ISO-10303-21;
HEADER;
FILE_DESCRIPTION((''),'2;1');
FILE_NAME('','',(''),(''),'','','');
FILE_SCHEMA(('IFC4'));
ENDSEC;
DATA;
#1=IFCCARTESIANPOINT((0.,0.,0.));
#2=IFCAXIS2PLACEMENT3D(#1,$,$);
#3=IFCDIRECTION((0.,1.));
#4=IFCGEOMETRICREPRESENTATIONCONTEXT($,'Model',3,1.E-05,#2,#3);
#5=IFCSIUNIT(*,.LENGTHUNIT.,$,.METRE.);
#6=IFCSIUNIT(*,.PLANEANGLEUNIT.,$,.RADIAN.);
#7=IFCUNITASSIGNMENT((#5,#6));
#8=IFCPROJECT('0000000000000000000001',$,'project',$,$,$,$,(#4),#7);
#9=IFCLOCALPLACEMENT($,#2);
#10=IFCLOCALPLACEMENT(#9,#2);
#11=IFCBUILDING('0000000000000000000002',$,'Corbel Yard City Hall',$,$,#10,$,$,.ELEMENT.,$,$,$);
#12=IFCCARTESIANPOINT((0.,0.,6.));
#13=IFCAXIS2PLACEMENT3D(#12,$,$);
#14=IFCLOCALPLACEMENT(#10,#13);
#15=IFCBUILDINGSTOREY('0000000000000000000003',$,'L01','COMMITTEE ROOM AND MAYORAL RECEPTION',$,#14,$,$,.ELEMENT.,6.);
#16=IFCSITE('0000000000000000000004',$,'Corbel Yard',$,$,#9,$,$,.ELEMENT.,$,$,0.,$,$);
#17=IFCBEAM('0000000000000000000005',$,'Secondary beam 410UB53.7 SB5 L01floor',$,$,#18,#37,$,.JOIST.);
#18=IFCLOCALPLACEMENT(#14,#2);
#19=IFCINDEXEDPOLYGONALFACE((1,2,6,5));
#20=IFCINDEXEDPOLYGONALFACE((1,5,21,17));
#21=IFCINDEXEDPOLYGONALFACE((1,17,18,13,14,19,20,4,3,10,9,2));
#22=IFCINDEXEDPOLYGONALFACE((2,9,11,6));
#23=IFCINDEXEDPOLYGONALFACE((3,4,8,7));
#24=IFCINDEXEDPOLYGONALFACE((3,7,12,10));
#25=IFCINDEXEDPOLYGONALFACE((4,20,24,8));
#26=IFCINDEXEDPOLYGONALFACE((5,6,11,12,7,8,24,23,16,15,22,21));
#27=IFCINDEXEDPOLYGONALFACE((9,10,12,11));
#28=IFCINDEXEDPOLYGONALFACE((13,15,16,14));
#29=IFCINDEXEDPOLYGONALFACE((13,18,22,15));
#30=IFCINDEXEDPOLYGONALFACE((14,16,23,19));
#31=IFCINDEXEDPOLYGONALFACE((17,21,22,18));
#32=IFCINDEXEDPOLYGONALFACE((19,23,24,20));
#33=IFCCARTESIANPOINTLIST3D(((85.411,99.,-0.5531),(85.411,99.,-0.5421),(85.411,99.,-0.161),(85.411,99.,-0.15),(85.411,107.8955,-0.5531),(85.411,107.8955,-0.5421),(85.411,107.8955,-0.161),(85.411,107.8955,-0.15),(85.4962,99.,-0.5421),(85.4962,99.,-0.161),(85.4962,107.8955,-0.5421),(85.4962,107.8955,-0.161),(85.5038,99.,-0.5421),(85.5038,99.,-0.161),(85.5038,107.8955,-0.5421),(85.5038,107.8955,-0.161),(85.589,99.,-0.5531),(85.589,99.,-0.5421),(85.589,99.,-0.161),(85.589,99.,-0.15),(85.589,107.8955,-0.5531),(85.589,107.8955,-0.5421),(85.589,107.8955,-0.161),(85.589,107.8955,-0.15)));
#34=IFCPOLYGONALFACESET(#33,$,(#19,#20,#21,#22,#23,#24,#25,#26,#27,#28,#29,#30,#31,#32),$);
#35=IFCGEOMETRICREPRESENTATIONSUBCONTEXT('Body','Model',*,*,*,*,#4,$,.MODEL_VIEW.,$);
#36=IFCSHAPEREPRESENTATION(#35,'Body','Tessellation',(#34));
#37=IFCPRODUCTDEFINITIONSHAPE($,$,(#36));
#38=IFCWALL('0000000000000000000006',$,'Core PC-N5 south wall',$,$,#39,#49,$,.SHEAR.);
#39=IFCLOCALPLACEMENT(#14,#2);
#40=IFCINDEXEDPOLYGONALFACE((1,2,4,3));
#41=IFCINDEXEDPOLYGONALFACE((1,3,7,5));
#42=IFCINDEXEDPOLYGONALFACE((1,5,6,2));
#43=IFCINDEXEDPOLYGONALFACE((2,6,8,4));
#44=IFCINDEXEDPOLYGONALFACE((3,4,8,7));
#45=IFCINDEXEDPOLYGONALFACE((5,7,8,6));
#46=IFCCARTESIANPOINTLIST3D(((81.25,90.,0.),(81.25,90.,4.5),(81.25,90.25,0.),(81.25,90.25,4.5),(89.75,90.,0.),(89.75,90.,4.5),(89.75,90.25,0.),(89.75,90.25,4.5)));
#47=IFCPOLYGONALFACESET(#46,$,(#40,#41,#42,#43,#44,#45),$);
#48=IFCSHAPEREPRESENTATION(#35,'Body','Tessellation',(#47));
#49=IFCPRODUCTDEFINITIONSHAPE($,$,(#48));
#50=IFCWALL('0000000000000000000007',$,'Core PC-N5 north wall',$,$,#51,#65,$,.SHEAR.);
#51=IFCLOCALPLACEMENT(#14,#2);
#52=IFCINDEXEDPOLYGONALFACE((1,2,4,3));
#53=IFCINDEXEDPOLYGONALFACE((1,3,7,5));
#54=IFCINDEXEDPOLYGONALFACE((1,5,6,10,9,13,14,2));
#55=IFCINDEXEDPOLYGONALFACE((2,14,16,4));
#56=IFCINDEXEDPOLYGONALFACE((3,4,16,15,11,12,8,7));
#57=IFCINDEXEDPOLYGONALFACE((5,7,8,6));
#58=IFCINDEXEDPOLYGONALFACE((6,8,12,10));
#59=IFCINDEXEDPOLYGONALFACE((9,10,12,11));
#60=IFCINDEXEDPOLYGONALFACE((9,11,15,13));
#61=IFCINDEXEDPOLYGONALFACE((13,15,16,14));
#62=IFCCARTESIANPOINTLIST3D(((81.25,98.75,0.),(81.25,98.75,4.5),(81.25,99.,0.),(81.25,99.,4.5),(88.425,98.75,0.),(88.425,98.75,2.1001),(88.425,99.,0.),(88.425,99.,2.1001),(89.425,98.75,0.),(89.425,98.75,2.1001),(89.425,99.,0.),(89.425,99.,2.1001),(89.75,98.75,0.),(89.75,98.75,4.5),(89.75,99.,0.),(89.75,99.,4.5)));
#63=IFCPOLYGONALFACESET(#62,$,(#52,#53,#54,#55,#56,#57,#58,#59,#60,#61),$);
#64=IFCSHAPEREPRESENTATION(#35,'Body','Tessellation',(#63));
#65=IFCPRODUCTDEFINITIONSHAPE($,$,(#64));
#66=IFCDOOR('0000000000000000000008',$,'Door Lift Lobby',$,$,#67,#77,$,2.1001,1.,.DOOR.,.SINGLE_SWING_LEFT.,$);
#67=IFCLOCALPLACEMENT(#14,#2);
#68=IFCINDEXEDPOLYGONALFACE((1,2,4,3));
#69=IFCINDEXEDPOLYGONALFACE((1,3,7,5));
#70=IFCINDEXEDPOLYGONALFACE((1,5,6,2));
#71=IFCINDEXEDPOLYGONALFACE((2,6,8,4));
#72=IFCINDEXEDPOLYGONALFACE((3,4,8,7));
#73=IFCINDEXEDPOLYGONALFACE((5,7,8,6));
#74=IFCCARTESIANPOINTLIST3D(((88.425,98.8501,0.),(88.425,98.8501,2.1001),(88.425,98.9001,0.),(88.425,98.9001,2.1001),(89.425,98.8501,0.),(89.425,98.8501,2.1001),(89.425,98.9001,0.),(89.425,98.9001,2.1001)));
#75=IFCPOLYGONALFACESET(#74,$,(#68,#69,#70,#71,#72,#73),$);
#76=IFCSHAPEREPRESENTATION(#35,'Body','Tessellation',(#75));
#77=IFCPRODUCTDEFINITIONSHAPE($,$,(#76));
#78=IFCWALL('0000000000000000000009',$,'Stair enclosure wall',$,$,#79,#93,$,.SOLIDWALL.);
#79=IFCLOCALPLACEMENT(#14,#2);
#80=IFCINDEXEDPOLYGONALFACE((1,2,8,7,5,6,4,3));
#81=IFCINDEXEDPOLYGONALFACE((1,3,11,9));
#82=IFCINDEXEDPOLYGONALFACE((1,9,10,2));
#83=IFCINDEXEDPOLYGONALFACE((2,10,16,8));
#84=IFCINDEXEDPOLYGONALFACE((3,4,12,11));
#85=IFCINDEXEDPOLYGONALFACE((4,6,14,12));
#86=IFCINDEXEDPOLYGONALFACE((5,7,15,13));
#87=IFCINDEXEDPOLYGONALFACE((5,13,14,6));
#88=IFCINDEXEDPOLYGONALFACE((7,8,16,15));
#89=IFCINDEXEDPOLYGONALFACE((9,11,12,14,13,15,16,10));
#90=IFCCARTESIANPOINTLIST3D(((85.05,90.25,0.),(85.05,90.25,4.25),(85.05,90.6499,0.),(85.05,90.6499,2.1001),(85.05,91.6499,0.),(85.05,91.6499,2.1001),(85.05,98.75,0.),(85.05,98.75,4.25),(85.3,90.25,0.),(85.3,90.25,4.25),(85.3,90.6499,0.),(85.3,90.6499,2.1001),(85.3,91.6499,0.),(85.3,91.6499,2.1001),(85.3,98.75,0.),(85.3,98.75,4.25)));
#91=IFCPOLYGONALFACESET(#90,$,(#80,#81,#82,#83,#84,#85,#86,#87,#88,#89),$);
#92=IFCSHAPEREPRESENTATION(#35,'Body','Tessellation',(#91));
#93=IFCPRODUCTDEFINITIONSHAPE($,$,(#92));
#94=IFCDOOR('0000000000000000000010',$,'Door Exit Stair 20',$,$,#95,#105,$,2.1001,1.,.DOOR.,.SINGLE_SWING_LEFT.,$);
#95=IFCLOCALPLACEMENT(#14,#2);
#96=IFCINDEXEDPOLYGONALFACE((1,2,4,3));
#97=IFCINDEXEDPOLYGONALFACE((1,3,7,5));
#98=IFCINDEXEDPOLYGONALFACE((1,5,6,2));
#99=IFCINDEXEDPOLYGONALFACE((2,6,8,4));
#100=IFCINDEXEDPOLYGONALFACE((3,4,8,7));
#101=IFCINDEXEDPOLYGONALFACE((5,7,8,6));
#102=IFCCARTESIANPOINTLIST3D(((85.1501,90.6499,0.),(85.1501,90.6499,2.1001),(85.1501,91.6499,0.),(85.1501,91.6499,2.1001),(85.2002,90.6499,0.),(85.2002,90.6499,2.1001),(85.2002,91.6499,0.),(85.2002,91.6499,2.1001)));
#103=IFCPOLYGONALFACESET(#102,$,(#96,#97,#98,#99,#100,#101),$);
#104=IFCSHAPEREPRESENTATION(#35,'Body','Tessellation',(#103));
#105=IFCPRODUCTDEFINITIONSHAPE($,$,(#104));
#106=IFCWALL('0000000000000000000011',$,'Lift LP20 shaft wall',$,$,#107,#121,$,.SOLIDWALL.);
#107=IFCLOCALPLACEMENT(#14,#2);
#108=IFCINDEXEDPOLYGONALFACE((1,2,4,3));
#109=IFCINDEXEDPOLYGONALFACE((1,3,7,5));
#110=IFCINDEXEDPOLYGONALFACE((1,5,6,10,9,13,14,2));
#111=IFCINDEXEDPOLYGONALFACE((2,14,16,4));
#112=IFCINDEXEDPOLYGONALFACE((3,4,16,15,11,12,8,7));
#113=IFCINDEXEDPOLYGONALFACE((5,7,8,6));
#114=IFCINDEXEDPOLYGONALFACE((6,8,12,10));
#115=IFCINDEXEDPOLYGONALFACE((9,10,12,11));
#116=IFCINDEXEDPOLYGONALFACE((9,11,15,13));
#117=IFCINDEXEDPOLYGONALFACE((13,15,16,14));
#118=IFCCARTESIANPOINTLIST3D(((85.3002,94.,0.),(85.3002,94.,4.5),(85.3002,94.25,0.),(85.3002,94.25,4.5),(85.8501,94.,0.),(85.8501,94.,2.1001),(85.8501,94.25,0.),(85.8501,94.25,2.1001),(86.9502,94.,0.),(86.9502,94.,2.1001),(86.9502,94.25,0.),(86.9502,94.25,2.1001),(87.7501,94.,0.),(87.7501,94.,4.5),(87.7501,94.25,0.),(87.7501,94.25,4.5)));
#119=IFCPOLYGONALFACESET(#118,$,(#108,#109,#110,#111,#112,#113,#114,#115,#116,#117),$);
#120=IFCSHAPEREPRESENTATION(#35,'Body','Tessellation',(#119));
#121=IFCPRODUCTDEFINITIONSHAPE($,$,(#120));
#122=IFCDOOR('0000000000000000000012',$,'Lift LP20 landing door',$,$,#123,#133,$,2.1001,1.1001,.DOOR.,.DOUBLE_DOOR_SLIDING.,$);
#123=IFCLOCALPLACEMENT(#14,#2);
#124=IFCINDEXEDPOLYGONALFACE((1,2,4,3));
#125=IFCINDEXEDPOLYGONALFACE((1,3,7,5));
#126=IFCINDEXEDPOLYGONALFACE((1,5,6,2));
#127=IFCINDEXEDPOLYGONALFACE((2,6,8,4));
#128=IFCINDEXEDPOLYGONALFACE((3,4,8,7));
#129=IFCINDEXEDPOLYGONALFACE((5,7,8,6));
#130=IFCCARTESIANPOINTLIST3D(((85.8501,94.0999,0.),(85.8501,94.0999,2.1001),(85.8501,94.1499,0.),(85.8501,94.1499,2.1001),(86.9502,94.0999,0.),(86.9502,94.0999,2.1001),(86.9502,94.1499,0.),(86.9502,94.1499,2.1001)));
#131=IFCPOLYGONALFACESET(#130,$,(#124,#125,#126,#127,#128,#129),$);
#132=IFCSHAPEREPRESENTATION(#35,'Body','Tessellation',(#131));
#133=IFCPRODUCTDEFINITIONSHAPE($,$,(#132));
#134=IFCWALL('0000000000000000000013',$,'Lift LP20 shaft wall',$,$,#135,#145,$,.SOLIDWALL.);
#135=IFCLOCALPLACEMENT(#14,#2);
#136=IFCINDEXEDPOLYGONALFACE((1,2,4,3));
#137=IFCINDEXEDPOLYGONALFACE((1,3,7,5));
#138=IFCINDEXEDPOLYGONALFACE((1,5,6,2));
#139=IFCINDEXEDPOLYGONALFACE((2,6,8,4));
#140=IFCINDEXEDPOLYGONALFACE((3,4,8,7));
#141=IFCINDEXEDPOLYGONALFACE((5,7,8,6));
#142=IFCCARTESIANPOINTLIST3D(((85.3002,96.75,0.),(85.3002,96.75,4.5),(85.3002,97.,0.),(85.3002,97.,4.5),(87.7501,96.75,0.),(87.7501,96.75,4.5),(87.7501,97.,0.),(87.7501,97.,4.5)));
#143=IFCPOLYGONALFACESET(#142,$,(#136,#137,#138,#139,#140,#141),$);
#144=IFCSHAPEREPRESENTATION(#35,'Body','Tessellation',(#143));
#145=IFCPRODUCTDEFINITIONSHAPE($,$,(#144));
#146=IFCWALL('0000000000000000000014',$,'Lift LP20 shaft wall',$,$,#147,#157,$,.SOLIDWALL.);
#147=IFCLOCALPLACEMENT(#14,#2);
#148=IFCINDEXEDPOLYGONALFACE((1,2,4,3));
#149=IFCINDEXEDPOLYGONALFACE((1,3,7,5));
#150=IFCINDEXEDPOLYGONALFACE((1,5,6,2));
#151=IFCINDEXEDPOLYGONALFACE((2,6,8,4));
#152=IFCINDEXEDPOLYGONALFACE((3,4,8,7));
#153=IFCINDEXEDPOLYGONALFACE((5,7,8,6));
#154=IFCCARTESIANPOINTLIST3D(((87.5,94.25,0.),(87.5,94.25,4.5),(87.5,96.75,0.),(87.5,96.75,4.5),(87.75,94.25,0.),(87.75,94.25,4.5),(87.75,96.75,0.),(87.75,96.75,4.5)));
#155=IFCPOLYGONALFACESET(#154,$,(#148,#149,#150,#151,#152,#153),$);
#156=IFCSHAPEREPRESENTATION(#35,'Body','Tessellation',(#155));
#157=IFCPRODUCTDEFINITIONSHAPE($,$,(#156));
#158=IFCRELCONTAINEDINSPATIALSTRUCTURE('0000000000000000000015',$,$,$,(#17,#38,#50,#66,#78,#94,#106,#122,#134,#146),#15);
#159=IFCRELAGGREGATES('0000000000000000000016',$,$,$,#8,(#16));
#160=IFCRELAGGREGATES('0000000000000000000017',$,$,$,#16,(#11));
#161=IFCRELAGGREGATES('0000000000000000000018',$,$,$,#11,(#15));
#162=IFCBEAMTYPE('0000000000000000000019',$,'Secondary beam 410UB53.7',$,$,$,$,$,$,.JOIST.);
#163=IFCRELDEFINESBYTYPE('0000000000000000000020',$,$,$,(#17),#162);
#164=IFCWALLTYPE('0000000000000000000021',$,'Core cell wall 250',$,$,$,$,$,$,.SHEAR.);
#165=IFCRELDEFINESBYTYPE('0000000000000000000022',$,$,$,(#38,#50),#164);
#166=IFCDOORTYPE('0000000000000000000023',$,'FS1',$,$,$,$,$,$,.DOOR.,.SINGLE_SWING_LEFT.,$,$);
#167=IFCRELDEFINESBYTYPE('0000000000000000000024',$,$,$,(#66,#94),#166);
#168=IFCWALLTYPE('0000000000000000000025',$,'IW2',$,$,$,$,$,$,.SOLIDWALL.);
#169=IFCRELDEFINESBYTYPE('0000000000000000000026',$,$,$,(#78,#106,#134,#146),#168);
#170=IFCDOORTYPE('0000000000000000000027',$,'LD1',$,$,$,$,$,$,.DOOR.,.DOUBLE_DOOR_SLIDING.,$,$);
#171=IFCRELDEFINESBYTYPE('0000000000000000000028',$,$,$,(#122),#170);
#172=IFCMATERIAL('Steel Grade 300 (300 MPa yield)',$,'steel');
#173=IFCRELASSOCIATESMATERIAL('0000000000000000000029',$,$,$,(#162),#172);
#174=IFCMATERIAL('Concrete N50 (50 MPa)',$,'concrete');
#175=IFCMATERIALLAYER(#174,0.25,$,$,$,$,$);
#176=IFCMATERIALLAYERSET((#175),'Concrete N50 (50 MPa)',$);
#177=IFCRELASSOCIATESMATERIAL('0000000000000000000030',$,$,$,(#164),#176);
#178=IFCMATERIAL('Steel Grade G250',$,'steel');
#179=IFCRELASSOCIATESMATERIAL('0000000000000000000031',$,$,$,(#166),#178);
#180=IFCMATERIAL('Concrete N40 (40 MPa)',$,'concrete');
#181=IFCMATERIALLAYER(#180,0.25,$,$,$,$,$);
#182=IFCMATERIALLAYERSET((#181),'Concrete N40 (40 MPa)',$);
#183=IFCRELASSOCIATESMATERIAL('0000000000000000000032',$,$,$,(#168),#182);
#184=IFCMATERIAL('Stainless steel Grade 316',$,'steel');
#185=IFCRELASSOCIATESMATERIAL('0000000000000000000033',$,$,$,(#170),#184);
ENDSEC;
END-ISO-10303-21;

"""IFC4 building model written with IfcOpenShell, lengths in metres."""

from ifc_helpers import new_model, si_unit, direction, frame, frame_2d, origin, origin_2d, place, context, subcontext, project, spatial, rectangle, i_section, extrude, material, layer, layer_set, material_profile, profile_set, type_object, element, fill, save


model = new_model("IFC4")

# Units and contexts
model_context = context("Model", 3, precision=1e-05, world=origin(), true_north=direction((0.0, 1.0)))
body_context = subcontext(model_context, "Body", "Model", "MODEL_VIEW")
ifc_project = project(units=[si_unit("LENGTHUNIT", "METRE"), si_unit("PLANEANGLEUNIT", "RADIAN")], contexts=[model_context])

# Site, building, storey
site_placement = place(None, origin())
site = spatial("IfcSite", under=ifc_project, at=site_placement, Name="Corbel Yard", CompositionType="ELEMENT", RefElevation=0.0)
building_placement = place(site_placement, origin())
building = spatial("IfcBuilding", under=site, at=building_placement, Name="Corbel Yard City Hall", CompositionType="ELEMENT")
storey_placement = place(building_placement, frame((0.0, 0.0, 6.0)))
storey = spatial("IfcBuildingStorey", under=building, at=storey_placement, Name="L01", Description="COMMITTEE ROOM AND MAYORAL RECEPTION", CompositionType="ELEMENT", Elevation=6.0)

# Beam
ifc_material_1 = material(Name="Steel Grade 300 (300 MPa yield)", Category="steel")
ifc_material_profile = material_profile(ifc_material_1, i_section(OverallWidth=0.178, OverallDepth=0.4031, WebThickness=0.0076, FlangeThickness=0.011, at=origin_2d()), Name="410UB53.7")
ifc_profile_set = profile_set([ifc_material_profile], Name="Steel Grade 300 (300 MPa yield)")
beam_type = type_object("IfcBeamType", Name="Secondary beam 410UB53.7", PredefinedType="JOIST", material=ifc_profile_set)
beam_placement = place(storey_placement, frame((85.5, 99.0, -0.3516), z_axis=(0.0, 1.0, 0.0), x_axis=(-1.0, 0.0, 0.0)))
element("IfcBeam", 1, at=beam_placement, inside=storey, type_object=beam_type, Name="Secondary beam 410UB53.7 SB5 L01floor", PredefinedType="JOIST", context=body_context, shape_type="SweptSolid", body=[
    extrude(i_section(OverallWidth=0.178, OverallDepth=0.4031, WebThickness=0.0076, FlangeThickness=0.011, at=origin_2d()), origin(), (0.0, 0.0, 1.0), 8.8955),
])

# Wall
ifc_material_2 = material(Name="Concrete N50 (50 MPa)", Category="concrete")
ifc_layer_1 = layer(ifc_material_2, 0.25)
ifc_layer_set_1 = layer_set([ifc_layer_1], Name="Concrete N50 (50 MPa)")
wall_type_1 = type_object("IfcWallType", Name="Core cell wall 250", PredefinedType="SHEAR", material=ifc_layer_set_1)
wall_1_placement = place(storey_placement, frame((81.25, 90.125, 0.0), z_axis=(0.0, 0.0, 1.0), x_axis=(1.0, 0.0, 0.0)))
element("IfcWall", 2, at=wall_1_placement, inside=storey, type_object=wall_type_1, Name="Core PC-N5 south wall", PredefinedType="SHEAR", context=body_context, shape_type="SweptSolid", body=[
    extrude(rectangle(XDim=8.5, YDim=0.25, at=frame_2d((4.25, 0.0))), origin(), (0.0, 0.0, 1.0), 4.5),
])

# Walls, openings, doors
wall_2_placement = place(storey_placement, frame((81.25, 98.875, 0.0), z_axis=(0.0, 0.0, 1.0), x_axis=(1.0, 0.0, 0.0)))
wall_2 = element("IfcWall", 3, at=wall_2_placement, inside=storey, type_object=wall_type_1, Name="Core PC-N5 north wall", PredefinedType="SHEAR", context=body_context, shape_type="SweptSolid", body=[
    extrude(rectangle(XDim=8.5, YDim=0.25, at=frame_2d((4.25, 0.0))), origin(), (0.0, 0.0, 1.0), 4.5),
])
opening_1_placement = place(wall_2_placement, frame((7.175, 0.0, 0.0)))
opening_1 = element("IfcOpeningElement", 4, at=opening_1_placement, cuts=wall_2, PredefinedType="OPENING", context=body_context, shape_type="SweptSolid", body=[
    extrude(rectangle(XDim=1.0, YDim=2.1001, at=frame_2d((0.5, 1.05))), frame((0.0, 0.135, 0.0), z_axis=(0.0, -1.0, 0.0), x_axis=(1.0, 0.0, 0.0)), (0.0, 0.0, 1.0), 0.27),
])
ifc_material_3 = material(Name="Steel Grade G250", Category="steel")
door_type_1 = type_object("IfcDoorType", Name="FS1", OperationType="SINGLE_SWING_LEFT", PredefinedType="DOOR", material=ifc_material_3)
door_1_placement = place(opening_1_placement, frame((1.0, 0.0, 0.0), z_axis=(0.0, 0.0, 1.0), x_axis=(-1.0, 0.0, 0.0)))
door_1 = element("IfcDoor", 5, at=door_1_placement, inside=storey, type_object=door_type_1, Name="Door Lift Lobby", OperationType="SINGLE_SWING_LEFT", OverallHeight=2.1001, OverallWidth=1.0, PredefinedType="DOOR", context=body_context, shape_type="SweptSolid", body=[
    extrude(rectangle(XDim=1.0, YDim=2.1001, at=frame_2d((0.5, 1.05))), frame((0.0, 0.0249, 0.0), z_axis=(0.0, -1.0, 0.0), x_axis=(1.0, 0.0, 0.0)), (0.0, 0.0, 1.0), 0.05),
])
fill(opening_1, door_1)
ifc_material_4 = material(Name="Concrete N40 (40 MPa)", Category="concrete")
ifc_layer_2 = layer(ifc_material_4, 0.25)
ifc_layer_set_2 = layer_set([ifc_layer_2], Name="Concrete N40 (40 MPa)")
wall_type_2 = type_object("IfcWallType", Name="IW2", PredefinedType="SOLIDWALL", material=ifc_layer_set_2)
wall_3_placement = place(storey_placement, frame((85.175, 90.25, 0.0), z_axis=(0.0, 0.0, 1.0), x_axis=(0.0, 1.0, 0.0)))
wall_3 = element("IfcWall", 6, at=wall_3_placement, inside=storey, type_object=wall_type_2, Name="Stair enclosure wall", PredefinedType="SOLIDWALL", context=body_context, shape_type="SweptSolid", body=[
    extrude(rectangle(XDim=8.5, YDim=0.25, at=frame_2d((4.25, 0.0))), origin(), (0.0, 0.0, 1.0), 4.25),
])
opening_2_placement = place(wall_3_placement, frame((0.3999, 0.0, 0.0)))
opening_2 = element("IfcOpeningElement", 7, at=opening_2_placement, cuts=wall_3, PredefinedType="OPENING", context=body_context, shape_type="SweptSolid", body=[
    extrude(rectangle(XDim=1.0, YDim=2.1001, at=frame_2d((0.5, 1.05))), frame((0.0, 0.135, 0.0), z_axis=(0.0, -1.0, 0.0), x_axis=(1.0, 0.0, 0.0)), (0.0, 0.0, 1.0), 0.27),
])
door_2_placement = place(opening_2_placement, origin())
door_2 = element("IfcDoor", 8, at=door_2_placement, inside=storey, type_object=door_type_1, Name="Door Exit Stair 20", OperationType="SINGLE_SWING_LEFT", OverallHeight=2.1001, OverallWidth=1.0, PredefinedType="DOOR", context=body_context, shape_type="SweptSolid", body=[
    extrude(rectangle(XDim=1.0, YDim=2.1001, at=frame_2d((0.5, 1.05))), frame((0.0, 0.0249, 0.0), z_axis=(0.0, -1.0, 0.0), x_axis=(1.0, 0.0, 0.0)), (0.0, 0.0, 1.0), 0.05),
])
fill(opening_2, door_2)
wall_4_placement = place(storey_placement, frame((85.3, 94.125, 0.0), z_axis=(0.0, 0.0, 1.0), x_axis=(1.0, 0.0, 0.0)))
wall_4 = element("IfcWall", 9, at=wall_4_placement, inside=storey, type_object=wall_type_2, Name="Lift LP20 shaft wall", PredefinedType="SOLIDWALL", context=body_context, shape_type="SweptSolid", body=[
    extrude(rectangle(XDim=2.45, YDim=0.25, at=frame_2d((1.2251, 0.0))), origin(), (0.0, 0.0, 1.0), 4.5),
])
opening_3_placement = place(wall_4_placement, frame((0.55, 0.0, 0.0)))
opening_3 = element("IfcOpeningElement", 10, at=opening_3_placement, cuts=wall_4, PredefinedType="OPENING", context=body_context, shape_type="SweptSolid", body=[
    extrude(rectangle(XDim=1.1001, YDim=2.1001, at=frame_2d((0.55, 1.05))), frame((0.0, 0.135, 0.0), z_axis=(0.0, -1.0, 0.0), x_axis=(1.0, 0.0, 0.0)), (0.0, 0.0, 1.0), 0.27),
])
ifc_material_5 = material(Name="Stainless steel Grade 316", Category="steel")
door_type_2 = type_object("IfcDoorType", Name="LD1", OperationType="DOUBLE_DOOR_SLIDING", PredefinedType="DOOR", material=ifc_material_5)
door_3_placement = place(opening_3_placement, origin())
door_3 = element("IfcDoor", 11, at=door_3_placement, inside=storey, type_object=door_type_2, Name="Lift LP20 landing door", OperationType="DOUBLE_DOOR_SLIDING", OverallHeight=2.1001, OverallWidth=1.1001, PredefinedType="DOOR", context=body_context, shape_type="SweptSolid", body=[
    extrude(rectangle(XDim=1.1001, YDim=2.1001, at=frame_2d((0.55, 1.05))), frame((0.0, 0.0249, 0.0), z_axis=(0.0, -1.0, 0.0), x_axis=(1.0, 0.0, 0.0)), (0.0, 0.0, 1.0), 0.05),
])
fill(opening_3, door_3)

# Walls
wall_5_placement = place(storey_placement, frame((85.3, 96.875, 0.0), z_axis=(0.0, 0.0, 1.0), x_axis=(1.0, 0.0, 0.0)))
element("IfcWall", 12, at=wall_5_placement, inside=storey, type_object=wall_type_2, Name="Lift LP20 shaft wall", PredefinedType="SOLIDWALL", context=body_context, shape_type="SweptSolid", body=[
    extrude(rectangle(XDim=2.45, YDim=0.25, at=frame_2d((1.2251, 0.0))), origin(), (0.0, 0.0, 1.0), 4.5),
])
wall_6_placement = place(storey_placement, frame((87.625, 94.25, 0.0), z_axis=(0.0, 0.0, 1.0), x_axis=(0.0, 1.0, 0.0)))
element("IfcWall", 13, at=wall_6_placement, inside=storey, type_object=wall_type_2, Name="Lift LP20 shaft wall", PredefinedType="SOLIDWALL", context=body_context, shape_type="SweptSolid", body=[
    extrude(rectangle(XDim=2.5, YDim=0.25, at=frame_2d((1.25, 0.0))), origin(), (0.0, 0.0, 1.0), 4.5),
])

save(model, "model.ifc")
